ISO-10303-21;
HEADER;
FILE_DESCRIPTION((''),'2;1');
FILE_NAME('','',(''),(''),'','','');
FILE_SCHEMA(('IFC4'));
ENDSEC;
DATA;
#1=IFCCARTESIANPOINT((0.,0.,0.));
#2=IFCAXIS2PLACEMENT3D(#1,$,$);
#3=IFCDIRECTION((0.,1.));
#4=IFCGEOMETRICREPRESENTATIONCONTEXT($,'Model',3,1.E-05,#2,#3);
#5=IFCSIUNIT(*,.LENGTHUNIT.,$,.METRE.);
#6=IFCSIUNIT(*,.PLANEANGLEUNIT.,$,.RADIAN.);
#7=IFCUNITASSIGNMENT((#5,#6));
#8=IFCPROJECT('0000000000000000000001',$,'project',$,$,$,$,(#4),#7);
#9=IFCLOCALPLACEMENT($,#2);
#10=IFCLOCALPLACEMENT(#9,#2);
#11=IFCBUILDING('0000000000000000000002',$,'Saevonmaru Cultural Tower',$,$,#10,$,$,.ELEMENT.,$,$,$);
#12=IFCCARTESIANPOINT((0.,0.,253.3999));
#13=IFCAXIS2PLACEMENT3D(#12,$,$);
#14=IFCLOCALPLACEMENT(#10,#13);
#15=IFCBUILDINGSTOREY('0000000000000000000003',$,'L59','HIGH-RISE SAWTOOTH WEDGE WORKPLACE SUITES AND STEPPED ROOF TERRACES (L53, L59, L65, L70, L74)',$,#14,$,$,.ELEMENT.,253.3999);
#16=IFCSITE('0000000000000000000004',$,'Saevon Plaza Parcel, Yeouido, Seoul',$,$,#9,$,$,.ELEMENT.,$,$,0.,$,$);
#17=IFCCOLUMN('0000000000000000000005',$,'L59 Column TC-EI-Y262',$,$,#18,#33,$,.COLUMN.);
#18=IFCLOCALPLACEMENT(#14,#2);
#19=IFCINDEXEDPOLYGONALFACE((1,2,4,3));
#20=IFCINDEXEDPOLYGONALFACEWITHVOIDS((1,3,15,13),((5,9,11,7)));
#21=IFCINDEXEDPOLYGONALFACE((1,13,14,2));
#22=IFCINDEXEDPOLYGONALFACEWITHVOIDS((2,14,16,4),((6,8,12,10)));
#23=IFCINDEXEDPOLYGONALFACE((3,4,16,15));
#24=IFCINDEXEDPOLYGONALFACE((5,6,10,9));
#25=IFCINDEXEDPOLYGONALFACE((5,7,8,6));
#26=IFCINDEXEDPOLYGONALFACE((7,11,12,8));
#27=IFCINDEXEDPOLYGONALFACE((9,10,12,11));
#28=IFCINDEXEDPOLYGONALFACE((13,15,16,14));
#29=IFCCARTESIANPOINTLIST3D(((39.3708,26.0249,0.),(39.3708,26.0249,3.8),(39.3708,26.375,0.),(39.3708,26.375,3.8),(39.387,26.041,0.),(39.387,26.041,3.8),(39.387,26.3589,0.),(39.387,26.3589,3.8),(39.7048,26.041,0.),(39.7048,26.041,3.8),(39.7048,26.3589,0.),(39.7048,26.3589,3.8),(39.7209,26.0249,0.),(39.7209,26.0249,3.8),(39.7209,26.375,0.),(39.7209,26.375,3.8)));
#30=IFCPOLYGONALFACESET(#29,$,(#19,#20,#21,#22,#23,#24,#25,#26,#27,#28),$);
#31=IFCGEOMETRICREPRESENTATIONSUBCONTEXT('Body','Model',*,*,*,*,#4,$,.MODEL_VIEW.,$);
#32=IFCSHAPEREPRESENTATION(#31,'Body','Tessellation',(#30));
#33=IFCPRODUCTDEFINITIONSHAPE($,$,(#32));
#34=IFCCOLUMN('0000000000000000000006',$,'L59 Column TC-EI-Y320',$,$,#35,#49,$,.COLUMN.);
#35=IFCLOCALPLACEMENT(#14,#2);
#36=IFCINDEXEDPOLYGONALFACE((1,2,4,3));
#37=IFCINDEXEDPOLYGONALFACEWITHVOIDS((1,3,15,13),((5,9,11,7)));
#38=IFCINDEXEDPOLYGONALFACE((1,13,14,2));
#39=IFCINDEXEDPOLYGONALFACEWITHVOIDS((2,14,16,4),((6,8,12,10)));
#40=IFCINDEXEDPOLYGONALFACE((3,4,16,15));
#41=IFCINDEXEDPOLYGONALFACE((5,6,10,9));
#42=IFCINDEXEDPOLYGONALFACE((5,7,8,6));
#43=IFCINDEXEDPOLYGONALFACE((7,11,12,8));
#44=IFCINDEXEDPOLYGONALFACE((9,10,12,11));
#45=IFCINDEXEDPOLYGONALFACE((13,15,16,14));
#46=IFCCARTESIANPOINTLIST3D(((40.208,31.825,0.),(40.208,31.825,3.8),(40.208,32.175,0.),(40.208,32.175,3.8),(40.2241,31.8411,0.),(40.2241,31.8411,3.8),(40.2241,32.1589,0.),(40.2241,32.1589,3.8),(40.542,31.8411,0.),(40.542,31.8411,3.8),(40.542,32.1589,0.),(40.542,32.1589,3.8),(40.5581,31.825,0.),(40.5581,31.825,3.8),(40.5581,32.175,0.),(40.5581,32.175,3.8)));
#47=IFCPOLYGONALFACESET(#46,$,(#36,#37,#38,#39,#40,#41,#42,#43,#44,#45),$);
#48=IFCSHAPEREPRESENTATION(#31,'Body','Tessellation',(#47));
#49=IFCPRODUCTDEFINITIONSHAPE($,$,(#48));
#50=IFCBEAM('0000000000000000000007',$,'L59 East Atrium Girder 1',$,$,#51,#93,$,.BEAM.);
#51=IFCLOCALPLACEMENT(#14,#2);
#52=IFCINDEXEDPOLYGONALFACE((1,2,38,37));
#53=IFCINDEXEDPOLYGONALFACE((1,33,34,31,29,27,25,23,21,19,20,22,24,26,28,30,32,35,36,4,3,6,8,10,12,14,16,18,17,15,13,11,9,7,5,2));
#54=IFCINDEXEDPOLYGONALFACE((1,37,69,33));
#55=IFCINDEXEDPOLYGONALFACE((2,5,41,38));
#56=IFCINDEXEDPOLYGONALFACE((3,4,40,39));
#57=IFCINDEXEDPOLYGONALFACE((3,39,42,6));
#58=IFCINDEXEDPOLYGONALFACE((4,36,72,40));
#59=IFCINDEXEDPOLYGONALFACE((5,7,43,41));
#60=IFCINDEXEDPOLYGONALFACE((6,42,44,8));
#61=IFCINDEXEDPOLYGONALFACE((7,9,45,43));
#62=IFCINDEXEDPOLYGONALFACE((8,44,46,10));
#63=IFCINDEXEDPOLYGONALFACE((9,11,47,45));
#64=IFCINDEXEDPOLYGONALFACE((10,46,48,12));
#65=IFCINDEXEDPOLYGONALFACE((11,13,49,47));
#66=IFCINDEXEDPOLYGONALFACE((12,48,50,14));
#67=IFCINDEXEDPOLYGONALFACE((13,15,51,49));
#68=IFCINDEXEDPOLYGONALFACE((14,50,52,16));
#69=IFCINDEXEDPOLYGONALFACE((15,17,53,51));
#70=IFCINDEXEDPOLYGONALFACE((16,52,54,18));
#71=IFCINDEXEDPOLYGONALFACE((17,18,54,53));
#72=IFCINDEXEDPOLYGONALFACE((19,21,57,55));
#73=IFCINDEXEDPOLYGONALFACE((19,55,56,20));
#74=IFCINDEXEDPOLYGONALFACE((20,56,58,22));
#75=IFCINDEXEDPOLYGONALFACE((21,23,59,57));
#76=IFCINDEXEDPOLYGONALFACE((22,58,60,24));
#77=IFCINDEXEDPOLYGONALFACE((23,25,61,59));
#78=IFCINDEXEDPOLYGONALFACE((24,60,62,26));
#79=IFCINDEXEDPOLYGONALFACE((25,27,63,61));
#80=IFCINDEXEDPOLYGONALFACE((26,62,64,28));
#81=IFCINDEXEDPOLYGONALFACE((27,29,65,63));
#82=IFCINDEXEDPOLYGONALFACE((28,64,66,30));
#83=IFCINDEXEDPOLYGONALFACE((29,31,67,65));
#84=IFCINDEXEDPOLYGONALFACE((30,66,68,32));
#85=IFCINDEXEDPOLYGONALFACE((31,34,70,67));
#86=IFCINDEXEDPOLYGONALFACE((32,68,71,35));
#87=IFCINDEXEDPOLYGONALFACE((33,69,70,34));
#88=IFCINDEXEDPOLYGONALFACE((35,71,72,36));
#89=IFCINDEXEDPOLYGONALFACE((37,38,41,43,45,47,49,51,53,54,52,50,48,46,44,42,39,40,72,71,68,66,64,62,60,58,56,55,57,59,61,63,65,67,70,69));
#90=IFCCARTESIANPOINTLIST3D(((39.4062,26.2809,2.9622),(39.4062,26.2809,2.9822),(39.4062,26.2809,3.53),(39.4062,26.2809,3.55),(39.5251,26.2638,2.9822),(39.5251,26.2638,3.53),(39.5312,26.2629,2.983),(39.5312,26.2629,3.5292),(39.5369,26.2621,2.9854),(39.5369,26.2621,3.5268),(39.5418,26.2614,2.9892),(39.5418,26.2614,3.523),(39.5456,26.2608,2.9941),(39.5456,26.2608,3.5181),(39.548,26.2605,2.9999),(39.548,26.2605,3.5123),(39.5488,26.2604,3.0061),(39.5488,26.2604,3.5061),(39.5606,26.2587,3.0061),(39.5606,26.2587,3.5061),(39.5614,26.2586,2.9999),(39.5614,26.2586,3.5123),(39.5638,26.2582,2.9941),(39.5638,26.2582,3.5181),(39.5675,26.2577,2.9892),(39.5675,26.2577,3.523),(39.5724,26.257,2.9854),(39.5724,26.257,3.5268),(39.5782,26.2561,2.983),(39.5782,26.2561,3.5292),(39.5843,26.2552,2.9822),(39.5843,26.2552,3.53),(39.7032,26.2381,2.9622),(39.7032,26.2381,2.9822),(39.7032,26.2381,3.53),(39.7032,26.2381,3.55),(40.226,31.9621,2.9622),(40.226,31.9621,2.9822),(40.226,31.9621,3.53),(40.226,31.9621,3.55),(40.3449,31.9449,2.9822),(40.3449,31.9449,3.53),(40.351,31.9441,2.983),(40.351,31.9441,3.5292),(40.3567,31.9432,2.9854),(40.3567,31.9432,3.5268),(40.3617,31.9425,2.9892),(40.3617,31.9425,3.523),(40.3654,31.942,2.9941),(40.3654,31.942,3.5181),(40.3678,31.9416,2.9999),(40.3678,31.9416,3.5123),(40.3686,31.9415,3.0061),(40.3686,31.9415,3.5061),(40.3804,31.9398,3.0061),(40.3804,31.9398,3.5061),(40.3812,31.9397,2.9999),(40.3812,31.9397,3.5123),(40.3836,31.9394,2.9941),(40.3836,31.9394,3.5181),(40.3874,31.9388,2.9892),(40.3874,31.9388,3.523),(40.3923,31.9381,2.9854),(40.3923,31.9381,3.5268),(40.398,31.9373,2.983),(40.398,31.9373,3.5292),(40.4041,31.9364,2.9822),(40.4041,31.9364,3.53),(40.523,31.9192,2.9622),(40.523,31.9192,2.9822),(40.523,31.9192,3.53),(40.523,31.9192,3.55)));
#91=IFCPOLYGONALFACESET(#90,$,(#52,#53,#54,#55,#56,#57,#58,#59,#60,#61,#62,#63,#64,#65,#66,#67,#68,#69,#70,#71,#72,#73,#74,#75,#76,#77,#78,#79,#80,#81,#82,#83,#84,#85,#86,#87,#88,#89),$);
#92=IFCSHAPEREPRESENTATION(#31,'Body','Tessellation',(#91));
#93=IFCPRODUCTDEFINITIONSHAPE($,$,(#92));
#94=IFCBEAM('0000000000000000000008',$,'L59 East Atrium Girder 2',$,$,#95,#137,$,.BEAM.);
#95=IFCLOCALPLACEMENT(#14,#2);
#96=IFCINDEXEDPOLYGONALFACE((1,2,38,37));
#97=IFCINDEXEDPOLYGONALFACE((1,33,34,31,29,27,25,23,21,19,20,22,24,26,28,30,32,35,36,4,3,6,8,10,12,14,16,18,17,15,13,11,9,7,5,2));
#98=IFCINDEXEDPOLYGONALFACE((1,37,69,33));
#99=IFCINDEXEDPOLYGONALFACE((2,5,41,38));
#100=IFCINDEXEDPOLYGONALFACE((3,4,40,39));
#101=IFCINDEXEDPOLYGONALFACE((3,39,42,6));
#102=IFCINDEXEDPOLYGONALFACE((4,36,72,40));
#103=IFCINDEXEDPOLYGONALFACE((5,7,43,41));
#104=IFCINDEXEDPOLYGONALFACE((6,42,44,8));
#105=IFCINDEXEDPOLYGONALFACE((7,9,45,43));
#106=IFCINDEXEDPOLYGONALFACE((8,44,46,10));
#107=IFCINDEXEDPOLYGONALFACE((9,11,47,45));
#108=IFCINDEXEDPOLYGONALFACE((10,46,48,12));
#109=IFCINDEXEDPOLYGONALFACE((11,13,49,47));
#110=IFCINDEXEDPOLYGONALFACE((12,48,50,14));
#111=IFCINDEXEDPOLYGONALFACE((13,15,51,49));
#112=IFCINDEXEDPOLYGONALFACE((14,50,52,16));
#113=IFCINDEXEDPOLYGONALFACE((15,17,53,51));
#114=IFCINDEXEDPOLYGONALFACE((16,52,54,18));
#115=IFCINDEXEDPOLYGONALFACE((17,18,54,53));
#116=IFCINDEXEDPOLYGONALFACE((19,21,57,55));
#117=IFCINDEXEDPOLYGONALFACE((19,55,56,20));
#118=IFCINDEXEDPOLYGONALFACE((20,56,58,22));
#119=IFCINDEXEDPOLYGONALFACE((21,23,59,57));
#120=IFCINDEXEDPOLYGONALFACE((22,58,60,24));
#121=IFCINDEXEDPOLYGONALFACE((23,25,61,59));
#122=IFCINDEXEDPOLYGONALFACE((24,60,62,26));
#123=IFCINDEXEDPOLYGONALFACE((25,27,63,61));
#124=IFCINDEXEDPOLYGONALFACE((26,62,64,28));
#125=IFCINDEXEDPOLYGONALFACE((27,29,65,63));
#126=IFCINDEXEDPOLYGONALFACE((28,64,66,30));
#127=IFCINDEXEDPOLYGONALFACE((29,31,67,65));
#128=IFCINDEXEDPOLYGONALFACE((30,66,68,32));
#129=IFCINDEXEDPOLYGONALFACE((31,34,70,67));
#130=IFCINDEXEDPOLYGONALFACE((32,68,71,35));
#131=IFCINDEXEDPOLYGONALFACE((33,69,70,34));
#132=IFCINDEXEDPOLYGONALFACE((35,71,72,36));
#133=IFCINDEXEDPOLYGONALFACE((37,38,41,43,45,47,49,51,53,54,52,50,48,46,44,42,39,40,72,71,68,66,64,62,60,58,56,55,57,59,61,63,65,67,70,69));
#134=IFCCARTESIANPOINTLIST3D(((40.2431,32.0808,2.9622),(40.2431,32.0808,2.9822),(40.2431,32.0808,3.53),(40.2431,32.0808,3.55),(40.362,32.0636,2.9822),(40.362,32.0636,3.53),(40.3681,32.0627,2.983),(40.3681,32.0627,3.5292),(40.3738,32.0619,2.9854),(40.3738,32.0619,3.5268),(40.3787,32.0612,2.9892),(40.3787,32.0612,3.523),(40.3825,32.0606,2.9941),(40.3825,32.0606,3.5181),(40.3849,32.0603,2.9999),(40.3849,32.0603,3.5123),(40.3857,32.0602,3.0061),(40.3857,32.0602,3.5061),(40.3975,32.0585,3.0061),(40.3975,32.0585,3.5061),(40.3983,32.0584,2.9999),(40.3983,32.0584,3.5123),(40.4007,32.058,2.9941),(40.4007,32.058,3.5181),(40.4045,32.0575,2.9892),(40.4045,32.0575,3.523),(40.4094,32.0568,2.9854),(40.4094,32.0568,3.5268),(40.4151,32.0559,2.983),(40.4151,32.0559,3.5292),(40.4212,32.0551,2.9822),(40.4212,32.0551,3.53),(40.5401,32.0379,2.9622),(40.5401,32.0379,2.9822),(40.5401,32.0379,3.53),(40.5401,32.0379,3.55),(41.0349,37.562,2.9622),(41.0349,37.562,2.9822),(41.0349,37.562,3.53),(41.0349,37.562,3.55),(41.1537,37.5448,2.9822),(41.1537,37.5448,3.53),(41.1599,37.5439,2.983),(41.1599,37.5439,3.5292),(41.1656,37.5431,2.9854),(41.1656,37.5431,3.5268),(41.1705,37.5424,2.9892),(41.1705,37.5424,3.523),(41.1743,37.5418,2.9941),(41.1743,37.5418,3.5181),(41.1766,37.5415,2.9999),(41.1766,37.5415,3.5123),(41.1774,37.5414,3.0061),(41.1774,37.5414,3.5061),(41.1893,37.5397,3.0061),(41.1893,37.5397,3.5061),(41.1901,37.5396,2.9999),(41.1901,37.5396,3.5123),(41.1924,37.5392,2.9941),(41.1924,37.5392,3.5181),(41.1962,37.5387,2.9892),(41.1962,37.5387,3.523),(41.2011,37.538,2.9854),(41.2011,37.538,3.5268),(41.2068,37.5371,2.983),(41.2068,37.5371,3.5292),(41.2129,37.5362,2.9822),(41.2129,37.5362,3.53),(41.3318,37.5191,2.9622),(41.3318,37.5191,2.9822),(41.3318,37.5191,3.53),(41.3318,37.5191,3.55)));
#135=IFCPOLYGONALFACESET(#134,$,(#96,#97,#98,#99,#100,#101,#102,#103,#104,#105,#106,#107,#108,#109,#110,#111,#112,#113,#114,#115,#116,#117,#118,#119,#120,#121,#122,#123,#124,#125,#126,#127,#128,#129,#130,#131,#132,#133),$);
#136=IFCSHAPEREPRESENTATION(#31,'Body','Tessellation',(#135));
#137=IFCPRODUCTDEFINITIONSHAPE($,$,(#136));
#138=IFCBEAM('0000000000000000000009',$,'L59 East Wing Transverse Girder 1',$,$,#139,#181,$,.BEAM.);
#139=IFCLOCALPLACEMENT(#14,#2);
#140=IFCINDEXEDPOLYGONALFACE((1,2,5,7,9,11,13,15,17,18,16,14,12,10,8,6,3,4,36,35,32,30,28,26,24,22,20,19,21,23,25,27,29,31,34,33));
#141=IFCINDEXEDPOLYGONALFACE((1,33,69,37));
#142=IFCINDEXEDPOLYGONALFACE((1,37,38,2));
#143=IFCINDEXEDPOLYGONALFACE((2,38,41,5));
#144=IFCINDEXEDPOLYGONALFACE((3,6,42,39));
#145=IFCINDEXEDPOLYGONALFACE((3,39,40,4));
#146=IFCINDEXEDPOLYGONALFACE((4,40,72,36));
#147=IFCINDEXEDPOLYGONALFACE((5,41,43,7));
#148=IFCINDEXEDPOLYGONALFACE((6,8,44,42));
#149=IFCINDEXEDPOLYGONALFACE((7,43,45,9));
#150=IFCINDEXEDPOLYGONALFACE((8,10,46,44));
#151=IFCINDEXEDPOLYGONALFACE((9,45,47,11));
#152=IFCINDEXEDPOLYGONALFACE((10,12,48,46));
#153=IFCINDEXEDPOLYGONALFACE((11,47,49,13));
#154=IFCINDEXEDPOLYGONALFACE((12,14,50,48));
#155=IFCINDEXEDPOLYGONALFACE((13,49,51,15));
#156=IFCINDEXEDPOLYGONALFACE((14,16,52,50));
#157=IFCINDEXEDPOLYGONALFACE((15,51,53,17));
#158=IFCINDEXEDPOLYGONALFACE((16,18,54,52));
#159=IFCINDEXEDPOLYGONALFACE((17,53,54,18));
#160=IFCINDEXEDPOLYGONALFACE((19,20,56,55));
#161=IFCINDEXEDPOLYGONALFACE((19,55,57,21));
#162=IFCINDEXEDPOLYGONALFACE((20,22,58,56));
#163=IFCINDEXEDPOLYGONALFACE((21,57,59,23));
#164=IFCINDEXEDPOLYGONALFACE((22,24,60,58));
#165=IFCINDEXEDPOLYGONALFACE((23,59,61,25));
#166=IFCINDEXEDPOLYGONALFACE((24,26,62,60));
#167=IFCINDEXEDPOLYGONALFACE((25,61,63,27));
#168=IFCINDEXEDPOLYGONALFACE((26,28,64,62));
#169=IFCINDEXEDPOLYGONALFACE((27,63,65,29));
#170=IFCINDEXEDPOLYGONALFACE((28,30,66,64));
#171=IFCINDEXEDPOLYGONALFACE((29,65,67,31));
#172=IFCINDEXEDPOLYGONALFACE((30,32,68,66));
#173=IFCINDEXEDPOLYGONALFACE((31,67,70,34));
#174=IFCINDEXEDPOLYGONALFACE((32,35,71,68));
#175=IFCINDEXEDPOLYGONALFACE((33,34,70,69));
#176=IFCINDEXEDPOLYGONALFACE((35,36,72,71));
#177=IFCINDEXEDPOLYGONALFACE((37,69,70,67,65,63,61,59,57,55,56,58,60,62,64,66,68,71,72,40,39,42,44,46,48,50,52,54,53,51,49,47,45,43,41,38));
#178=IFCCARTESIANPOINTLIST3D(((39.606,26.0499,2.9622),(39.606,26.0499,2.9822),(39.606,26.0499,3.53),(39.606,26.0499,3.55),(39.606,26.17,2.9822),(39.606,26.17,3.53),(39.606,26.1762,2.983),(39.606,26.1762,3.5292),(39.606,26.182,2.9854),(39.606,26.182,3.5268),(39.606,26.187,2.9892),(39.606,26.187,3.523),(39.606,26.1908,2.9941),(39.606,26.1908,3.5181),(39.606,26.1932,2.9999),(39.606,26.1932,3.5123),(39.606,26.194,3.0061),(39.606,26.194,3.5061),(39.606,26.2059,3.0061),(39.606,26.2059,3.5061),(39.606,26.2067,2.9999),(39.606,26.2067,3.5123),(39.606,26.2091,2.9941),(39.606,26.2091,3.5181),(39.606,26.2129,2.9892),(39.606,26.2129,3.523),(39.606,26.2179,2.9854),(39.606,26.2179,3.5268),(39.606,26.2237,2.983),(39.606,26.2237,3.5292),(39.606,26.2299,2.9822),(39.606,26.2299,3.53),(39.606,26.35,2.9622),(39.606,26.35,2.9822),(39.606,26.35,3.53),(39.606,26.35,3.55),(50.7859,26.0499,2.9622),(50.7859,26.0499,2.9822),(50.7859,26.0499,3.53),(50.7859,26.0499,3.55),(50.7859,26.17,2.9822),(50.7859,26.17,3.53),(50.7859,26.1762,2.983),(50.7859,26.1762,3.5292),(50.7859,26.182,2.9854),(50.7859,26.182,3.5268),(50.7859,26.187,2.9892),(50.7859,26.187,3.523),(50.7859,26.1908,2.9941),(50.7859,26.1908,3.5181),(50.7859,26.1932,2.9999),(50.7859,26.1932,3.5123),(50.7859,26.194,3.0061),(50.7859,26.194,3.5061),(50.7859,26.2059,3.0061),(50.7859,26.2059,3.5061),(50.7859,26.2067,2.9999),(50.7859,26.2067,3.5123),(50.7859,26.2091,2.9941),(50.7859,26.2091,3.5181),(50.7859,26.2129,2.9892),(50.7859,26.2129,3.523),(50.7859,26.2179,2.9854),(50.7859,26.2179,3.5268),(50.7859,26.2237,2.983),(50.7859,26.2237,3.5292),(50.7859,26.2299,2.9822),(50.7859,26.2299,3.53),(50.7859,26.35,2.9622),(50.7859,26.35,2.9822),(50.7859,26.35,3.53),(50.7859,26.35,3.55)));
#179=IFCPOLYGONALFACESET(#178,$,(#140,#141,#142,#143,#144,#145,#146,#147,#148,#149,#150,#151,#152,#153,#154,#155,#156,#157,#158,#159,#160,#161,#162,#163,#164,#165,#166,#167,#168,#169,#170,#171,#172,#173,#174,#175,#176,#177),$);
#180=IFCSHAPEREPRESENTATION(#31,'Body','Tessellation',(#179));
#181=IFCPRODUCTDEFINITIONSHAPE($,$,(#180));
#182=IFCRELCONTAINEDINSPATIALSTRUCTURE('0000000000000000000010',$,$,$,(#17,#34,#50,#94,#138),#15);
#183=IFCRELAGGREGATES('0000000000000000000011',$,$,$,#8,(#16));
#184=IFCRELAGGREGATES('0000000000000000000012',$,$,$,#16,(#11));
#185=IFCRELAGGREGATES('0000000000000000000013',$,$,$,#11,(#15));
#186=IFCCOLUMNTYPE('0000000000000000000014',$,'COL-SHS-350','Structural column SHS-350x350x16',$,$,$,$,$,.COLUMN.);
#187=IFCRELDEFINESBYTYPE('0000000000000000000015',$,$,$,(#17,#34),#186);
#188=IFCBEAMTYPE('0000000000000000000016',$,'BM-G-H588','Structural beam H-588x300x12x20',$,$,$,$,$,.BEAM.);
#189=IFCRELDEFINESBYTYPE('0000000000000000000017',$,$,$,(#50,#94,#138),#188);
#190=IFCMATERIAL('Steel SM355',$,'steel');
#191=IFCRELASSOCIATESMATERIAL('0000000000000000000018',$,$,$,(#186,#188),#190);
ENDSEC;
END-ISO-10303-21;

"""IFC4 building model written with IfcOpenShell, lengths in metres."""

from ifc_helpers import new_model, si_unit, direction, frame, origin, origin_2d, place, context, subcontext, project, spatial, hollow_rectangle, i_section, extrude, material, material_profile, profile_set, type_object, element, save


model = new_model("IFC4")

# Units and contexts
model_context = context("Model", 3, precision=1e-05, world=origin(), true_north=direction((0.0, 1.0)))
body_context = subcontext(model_context, "Body", "Model", "MODEL_VIEW")
ifc_project = project(units=[si_unit("LENGTHUNIT", "METRE"), si_unit("PLANEANGLEUNIT", "RADIAN")], contexts=[model_context])

# Site, building, storey
site_placement = place(None, origin())
site = spatial("IfcSite", under=ifc_project, at=site_placement, Name="Saevon Plaza Parcel, Yeouido, Seoul", CompositionType="ELEMENT", RefElevation=0.0)
building_placement = place(site_placement, origin())
building = spatial("IfcBuilding", under=site, at=building_placement, Name="Saevonmaru Cultural Tower", CompositionType="ELEMENT")
storey_placement = place(building_placement, frame((0.0, 0.0, 253.3999)))
storey = spatial("IfcBuildingStorey", under=building, at=storey_placement, Name="L59", Description="HIGH-RISE SAWTOOTH WEDGE WORKPLACE SUITES AND STEPPED ROOF TERRACES (L53, L59, L65, L70, L74)", CompositionType="ELEMENT", Elevation=253.3999)

# Columns
ifc_material_1 = material(Name="Steel SM355", Category="steel")
ifc_material_profile_1 = material_profile(ifc_material_1, hollow_rectangle(XDim=0.3501, YDim=0.3501, WallThickness=0.0161, at=origin_2d()), Name="SHS-350x350x16")
ifc_profile_set_1 = profile_set([ifc_material_profile_1], Name="Steel SM355")
column_type = type_object("IfcColumnType", Name="COL-SHS-350", Description="Structural column SHS-350x350x16", PredefinedType="COLUMN", material=ifc_profile_set_1)
for number, where, z_axis, x_axis, name in (
    (1, (39.5459, 26.2, 0.0), (0.0, 0.0, 1.0), (1.0, 0.0, 0.0), "L59 Column TC-EI-Y262"),
    (2, (40.3831, 32.0, 0.0), (0.0, 0.0, 1.0), (1.0, 0.0, 0.0), "L59 Column TC-EI-Y320"),
):
    element("IfcColumn", number, at=place(storey_placement, frame(where, z_axis=z_axis, x_axis=x_axis)), inside=storey, type_object=column_type, Name=name, PredefinedType="COLUMN", context=body_context, shape_type="SweptSolid", body=[
        extrude(hollow_rectangle(XDim=0.3501, YDim=0.3501, WallThickness=0.0161, at=origin_2d()), origin(), (0.0, 0.0, 1.0), 3.8),
    ])

# Beams
ifc_material_profile_2 = material_profile(ifc_material_1, i_section(OverallWidth=0.3, OverallDepth=0.5879, WebThickness=0.012, FlangeThickness=0.02, FilletRadius=0.0239, at=origin_2d()), Name="H-588x300x12x20")
ifc_profile_set_2 = profile_set([ifc_material_profile_2], Name="Steel SM355")
beam_type_1 = type_object("IfcBeamType", Name="BM-G-H588", Description="Structural beam H-588x300x12x20", PredefinedType="BEAM", material=ifc_profile_set_2)
beam_1_placement = place(storey_placement, frame((39.5547, 26.2595, 3.2561), z_axis=(0.142827, 0.989748, 0.0), x_axis=(-0.989748, 0.142827, 0.0)))
element("IfcBeam", 3, at=beam_1_placement, inside=storey, type_object=beam_type_1, Name="L59 East Atrium Girder 1", PredefinedType="BEAM", context=body_context, shape_type="SweptSolid", body=[
    extrude(i_section(OverallWidth=0.3, OverallDepth=0.5879, WebThickness=0.012, FlangeThickness=0.02, FilletRadius=0.0239, at=origin_2d()), origin(), (0.0, 0.0, 1.0), 5.74),
])
beam_2_placement = place(storey_placement, frame((40.3916, 32.0593, 3.2561), z_axis=(0.142964, 0.989728, 0.0), x_axis=(-0.989728, 0.142964, 0.0)))
element("IfcBeam", 4, at=beam_2_placement, inside=storey, type_object=beam_type_1, Name="L59 East Atrium Girder 2", PredefinedType="BEAM", context=body_context, shape_type="SweptSolid", body=[
    extrude(i_section(OverallWidth=0.3, OverallDepth=0.5879, WebThickness=0.012, FlangeThickness=0.02, FilletRadius=0.0239, at=origin_2d()), origin(), (0.0, 0.0, 1.0), 5.5381),
])
for number, where, z_axis, x_axis, name in (
    (5, (39.606, 26.2, 3.2561), (1.0, 0.0, 0.0), (0.0, 1.0, 0.0), "L59 East Wing Transverse Girder 1"),
):
    element("IfcBeam", number, at=place(storey_placement, frame(where, z_axis=z_axis, x_axis=x_axis)), inside=storey, type_object=beam_type_1, Name=name, PredefinedType="BEAM", context=body_context, shape_type="SweptSolid", body=[
        extrude(i_section(OverallWidth=0.3, OverallDepth=0.5879, WebThickness=0.012, FlangeThickness=0.02, FilletRadius=0.0239, at=origin_2d()), origin(), (0.0, 0.0, 1.0), 11.1799),
    ])

save(model, "model.ifc")
